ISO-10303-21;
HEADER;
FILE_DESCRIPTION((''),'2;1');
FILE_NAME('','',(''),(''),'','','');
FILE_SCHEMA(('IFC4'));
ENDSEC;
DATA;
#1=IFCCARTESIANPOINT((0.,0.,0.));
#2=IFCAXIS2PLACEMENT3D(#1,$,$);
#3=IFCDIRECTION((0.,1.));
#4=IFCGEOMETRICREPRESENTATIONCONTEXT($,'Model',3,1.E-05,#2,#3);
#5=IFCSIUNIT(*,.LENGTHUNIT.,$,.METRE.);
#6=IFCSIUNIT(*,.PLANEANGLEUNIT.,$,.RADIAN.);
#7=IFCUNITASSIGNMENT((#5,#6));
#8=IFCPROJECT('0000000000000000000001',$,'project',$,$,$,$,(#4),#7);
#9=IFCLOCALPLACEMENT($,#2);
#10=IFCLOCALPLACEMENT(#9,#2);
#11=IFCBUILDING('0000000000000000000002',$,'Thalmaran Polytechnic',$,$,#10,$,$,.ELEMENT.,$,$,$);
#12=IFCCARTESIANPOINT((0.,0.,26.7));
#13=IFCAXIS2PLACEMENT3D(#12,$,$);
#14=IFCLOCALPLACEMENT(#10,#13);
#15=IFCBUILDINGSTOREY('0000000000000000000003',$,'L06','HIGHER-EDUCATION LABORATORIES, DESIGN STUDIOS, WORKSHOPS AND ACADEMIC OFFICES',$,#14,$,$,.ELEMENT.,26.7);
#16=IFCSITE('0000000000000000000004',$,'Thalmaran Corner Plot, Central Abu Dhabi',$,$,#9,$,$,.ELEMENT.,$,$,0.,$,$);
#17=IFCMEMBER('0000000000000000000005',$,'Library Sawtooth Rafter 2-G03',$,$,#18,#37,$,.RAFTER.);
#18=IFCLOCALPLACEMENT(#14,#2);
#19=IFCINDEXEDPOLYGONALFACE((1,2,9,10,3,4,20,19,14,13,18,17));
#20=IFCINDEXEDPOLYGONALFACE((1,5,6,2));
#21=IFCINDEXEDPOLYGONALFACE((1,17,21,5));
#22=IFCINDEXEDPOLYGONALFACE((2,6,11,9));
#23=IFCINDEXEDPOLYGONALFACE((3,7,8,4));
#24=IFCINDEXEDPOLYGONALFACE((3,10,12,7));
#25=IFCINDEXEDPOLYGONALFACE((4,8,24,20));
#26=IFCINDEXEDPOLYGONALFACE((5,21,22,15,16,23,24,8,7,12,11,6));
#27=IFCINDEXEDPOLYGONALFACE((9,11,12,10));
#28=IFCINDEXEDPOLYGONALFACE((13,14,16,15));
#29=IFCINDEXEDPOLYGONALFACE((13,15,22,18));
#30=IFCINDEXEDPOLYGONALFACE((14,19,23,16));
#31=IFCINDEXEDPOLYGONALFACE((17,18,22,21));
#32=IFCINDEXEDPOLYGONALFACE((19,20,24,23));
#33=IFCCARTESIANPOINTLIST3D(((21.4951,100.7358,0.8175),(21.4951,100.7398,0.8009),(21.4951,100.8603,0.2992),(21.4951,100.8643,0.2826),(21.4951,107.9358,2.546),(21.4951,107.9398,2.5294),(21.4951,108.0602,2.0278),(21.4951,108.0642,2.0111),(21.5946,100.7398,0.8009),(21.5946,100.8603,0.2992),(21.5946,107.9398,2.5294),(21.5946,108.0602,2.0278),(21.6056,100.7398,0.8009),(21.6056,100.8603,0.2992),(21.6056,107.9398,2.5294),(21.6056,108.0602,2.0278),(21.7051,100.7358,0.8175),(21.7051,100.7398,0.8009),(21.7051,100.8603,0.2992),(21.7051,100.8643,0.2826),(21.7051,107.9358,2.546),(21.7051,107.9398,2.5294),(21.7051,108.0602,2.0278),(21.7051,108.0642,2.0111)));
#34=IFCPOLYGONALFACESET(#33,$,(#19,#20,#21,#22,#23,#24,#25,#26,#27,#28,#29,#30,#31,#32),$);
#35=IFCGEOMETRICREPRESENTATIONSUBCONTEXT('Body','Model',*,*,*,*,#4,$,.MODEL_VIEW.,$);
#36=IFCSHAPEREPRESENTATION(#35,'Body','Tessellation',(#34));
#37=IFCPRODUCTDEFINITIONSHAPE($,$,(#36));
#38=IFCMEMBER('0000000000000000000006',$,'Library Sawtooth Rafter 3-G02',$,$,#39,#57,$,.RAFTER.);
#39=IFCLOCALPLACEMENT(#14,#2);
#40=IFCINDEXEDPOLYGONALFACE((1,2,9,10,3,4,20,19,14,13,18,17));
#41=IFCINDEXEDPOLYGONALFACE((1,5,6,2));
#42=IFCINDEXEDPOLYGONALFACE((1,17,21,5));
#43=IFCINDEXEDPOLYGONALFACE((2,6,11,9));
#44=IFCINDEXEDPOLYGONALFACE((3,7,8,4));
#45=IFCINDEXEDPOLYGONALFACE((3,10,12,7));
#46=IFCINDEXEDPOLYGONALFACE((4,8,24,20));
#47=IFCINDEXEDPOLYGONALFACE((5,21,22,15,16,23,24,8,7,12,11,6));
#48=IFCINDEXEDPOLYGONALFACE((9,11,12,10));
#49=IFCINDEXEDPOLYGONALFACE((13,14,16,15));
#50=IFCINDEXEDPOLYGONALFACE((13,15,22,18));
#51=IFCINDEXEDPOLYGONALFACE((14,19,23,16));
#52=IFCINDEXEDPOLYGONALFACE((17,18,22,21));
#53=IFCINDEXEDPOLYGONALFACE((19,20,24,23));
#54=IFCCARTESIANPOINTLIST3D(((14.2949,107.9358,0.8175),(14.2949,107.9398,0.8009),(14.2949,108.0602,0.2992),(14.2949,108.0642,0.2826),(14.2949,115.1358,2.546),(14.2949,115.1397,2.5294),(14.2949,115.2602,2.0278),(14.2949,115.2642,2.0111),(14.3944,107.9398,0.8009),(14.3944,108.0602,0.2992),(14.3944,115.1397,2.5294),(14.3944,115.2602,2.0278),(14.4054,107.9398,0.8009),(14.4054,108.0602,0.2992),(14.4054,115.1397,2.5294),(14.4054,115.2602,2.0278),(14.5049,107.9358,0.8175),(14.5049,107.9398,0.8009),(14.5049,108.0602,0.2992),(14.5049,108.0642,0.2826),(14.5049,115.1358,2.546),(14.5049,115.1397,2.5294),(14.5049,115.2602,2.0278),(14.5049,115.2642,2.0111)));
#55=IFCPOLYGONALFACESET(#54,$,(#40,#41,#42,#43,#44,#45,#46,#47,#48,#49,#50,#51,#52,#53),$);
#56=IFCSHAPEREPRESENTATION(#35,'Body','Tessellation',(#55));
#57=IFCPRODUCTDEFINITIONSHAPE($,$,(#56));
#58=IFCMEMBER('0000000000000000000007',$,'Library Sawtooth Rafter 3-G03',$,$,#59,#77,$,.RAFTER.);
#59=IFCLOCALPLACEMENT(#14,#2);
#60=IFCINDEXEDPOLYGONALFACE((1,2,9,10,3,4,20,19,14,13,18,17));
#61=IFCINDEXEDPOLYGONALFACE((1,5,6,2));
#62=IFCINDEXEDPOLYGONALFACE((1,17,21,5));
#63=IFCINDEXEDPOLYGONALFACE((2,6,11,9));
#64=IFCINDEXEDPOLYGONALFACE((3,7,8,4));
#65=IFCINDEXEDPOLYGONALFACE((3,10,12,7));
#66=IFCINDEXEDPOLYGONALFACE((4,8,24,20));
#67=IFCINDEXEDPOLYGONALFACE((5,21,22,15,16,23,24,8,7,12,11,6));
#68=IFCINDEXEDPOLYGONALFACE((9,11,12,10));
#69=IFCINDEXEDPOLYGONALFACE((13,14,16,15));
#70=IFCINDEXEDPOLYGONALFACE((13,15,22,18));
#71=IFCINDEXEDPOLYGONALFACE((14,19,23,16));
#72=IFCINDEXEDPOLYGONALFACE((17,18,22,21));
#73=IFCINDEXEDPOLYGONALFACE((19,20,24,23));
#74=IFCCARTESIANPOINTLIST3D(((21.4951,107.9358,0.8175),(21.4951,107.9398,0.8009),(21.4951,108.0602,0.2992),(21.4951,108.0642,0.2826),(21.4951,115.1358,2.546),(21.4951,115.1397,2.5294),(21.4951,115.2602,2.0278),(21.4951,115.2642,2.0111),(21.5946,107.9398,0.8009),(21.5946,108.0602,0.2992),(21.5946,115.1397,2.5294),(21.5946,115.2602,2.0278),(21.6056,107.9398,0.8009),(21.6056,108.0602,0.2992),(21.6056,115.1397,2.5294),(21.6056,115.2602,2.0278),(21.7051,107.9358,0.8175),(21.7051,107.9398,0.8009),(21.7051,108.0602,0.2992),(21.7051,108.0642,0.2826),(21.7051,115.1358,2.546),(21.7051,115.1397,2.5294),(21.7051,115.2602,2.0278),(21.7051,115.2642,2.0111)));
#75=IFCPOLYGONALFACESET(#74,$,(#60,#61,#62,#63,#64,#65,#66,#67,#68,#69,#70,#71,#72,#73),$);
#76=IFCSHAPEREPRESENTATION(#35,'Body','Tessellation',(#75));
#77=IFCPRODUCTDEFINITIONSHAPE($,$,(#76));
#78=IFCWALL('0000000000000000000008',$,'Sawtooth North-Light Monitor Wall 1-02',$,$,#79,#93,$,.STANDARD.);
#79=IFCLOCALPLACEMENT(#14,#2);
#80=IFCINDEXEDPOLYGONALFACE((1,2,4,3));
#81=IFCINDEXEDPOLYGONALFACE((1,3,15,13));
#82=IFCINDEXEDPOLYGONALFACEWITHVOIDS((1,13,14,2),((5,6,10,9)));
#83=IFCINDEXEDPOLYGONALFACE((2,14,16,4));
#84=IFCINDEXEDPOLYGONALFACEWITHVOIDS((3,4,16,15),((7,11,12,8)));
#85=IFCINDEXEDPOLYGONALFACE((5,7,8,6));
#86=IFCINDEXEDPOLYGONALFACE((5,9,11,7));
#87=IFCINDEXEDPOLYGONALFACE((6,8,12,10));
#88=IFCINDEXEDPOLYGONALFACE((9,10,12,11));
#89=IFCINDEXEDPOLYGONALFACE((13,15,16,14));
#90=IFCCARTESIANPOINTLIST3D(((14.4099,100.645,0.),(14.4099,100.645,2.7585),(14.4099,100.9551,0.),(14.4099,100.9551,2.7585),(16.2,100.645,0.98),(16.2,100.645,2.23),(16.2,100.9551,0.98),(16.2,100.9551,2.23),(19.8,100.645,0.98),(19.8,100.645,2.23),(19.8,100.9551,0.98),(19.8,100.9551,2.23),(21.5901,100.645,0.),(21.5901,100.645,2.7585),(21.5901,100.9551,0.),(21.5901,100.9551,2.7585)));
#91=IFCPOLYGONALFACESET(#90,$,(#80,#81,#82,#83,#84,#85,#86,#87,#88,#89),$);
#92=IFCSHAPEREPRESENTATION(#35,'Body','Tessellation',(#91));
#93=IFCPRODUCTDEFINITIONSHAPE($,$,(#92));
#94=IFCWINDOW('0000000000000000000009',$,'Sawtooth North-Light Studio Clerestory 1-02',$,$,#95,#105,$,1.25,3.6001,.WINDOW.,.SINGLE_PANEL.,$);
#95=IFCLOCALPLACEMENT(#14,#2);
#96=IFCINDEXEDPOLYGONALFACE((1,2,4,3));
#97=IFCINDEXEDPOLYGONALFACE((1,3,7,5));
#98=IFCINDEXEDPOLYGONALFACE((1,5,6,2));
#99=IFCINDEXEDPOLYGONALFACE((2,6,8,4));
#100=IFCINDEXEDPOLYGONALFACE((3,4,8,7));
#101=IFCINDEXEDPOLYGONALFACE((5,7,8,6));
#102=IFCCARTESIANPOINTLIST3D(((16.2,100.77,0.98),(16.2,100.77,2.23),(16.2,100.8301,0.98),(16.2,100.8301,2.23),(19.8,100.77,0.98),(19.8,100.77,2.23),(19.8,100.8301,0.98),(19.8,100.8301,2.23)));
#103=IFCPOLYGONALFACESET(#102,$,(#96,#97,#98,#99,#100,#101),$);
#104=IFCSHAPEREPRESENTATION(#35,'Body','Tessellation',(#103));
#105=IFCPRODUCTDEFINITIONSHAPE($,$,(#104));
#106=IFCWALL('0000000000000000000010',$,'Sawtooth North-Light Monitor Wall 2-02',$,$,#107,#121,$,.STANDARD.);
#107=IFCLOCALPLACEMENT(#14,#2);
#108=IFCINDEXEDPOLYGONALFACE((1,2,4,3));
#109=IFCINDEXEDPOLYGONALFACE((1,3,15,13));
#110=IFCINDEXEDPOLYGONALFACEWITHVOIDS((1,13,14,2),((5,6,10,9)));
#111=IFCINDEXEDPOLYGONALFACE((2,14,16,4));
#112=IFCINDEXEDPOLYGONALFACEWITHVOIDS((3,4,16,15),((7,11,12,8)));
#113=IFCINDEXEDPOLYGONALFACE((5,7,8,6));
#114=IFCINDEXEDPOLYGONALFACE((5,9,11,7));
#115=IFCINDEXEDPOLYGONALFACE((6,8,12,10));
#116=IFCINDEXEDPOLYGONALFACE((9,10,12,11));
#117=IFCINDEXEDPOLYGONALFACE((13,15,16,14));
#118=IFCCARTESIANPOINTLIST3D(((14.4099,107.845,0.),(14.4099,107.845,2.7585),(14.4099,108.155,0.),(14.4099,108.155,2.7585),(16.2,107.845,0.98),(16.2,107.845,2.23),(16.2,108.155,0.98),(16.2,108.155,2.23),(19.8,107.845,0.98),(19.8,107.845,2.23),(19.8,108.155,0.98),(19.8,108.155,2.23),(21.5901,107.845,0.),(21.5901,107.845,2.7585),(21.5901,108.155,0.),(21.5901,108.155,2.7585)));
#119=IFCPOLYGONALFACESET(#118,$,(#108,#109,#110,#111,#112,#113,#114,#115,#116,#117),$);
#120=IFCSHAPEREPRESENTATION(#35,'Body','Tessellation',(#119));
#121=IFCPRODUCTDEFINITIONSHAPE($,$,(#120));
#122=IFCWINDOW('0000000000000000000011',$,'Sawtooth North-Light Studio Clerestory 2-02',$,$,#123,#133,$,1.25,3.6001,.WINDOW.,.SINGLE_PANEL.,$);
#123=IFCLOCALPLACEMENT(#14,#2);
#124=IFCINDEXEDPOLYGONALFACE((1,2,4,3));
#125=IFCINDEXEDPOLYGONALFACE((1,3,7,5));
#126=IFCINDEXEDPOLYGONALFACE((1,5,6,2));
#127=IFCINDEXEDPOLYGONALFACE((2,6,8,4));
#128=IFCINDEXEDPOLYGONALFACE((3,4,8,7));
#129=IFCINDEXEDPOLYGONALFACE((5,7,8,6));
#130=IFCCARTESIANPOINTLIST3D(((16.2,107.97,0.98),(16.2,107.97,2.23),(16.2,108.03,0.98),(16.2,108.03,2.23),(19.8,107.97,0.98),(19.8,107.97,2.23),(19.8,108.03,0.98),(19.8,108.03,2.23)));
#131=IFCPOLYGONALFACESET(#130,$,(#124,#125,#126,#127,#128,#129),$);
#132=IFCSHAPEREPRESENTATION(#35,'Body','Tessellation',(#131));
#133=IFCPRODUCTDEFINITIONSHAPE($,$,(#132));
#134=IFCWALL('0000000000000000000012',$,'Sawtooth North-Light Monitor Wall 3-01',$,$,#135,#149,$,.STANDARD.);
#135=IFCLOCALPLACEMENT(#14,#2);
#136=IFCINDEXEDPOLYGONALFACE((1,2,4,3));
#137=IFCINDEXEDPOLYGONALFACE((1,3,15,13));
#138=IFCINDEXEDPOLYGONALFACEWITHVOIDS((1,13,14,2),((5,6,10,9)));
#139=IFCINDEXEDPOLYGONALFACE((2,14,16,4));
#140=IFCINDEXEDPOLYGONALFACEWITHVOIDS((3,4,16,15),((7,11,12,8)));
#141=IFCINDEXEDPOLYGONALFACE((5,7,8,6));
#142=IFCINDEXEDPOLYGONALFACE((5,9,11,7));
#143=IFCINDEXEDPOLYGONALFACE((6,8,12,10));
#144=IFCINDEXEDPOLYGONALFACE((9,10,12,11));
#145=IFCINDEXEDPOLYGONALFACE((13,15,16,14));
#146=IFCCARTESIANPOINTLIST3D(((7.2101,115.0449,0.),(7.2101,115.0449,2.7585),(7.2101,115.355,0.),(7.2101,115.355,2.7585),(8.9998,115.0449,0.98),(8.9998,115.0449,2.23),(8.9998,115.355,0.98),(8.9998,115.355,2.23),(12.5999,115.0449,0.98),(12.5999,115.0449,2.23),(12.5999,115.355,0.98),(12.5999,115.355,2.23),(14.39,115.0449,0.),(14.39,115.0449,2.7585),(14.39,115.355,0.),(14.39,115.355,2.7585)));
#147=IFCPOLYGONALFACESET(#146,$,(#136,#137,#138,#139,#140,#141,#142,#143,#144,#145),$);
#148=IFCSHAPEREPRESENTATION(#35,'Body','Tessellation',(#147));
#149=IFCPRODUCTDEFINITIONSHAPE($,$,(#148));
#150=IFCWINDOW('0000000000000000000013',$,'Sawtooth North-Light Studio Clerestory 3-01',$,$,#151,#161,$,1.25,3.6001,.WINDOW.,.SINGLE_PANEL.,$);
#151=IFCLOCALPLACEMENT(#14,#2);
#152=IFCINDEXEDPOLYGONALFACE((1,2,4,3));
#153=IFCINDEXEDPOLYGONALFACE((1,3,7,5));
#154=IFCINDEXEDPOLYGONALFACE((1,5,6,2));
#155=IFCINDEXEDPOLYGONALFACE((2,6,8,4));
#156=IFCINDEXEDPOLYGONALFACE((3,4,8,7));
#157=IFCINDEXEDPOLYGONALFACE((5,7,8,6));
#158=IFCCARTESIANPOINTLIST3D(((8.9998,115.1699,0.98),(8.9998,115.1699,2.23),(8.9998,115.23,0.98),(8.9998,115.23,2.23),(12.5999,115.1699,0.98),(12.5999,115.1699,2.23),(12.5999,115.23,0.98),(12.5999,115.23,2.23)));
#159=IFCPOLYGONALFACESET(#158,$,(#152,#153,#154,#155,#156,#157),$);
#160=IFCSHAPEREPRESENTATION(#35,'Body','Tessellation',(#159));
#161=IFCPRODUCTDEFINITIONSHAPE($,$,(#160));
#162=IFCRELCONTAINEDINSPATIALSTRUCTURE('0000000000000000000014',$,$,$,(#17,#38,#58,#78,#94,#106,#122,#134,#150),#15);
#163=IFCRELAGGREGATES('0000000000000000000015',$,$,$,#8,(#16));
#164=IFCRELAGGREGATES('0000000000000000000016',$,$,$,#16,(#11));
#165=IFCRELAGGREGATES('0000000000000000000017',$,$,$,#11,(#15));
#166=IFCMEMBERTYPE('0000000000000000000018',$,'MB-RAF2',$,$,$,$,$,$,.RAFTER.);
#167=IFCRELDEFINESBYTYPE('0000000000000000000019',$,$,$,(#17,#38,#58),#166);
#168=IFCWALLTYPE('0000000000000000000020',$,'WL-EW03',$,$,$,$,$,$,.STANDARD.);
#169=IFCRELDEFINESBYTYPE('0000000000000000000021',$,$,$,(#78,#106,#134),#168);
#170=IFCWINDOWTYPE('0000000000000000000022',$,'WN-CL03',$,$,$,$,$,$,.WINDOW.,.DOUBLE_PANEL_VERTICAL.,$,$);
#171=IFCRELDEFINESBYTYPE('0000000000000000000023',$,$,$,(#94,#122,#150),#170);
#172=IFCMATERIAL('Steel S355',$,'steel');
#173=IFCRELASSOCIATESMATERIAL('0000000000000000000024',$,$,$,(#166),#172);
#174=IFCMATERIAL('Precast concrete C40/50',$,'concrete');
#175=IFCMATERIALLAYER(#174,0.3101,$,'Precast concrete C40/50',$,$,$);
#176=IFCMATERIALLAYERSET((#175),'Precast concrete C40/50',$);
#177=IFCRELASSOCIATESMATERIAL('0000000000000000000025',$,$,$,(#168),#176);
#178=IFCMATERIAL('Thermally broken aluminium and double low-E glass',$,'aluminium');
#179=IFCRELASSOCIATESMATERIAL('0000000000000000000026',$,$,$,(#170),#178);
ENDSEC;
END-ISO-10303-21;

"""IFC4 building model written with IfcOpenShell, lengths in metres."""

from ifc_helpers import new_model, si_unit, direction, frame, frame_2d, origin, origin_2d, place, context, subcontext, project, spatial, rectangle, i_section, extrude, material, layer, layer_set, material_profile, profile_set, type_object, element, fill, save


model = new_model("IFC4")

# Units and contexts
model_context = context("Model", 3, precision=1e-05, world=origin(), true_north=direction((0.0, 1.0)))
body_context = subcontext(model_context, "Body", "Model", "MODEL_VIEW")
ifc_project = project(units=[si_unit("LENGTHUNIT", "METRE"), si_unit("PLANEANGLEUNIT", "RADIAN")], contexts=[model_context])

# Site, building, storey
site_placement = place(None, origin())
site = spatial("IfcSite", under=ifc_project, at=site_placement, Name="Thalmaran Corner Plot, Central Abu Dhabi", CompositionType="ELEMENT", RefElevation=0.0)
building_placement = place(site_placement, origin())
building = spatial("IfcBuilding", under=site, at=building_placement, Name="Thalmaran Polytechnic", CompositionType="ELEMENT")
storey_placement = place(building_placement, frame((0.0, 0.0, 26.7)))
storey = spatial("IfcBuildingStorey", under=building, at=storey_placement, Name="L06", Description="HIGHER-EDUCATION LABORATORIES, DESIGN STUDIOS, WORKSHOPS AND ACADEMIC OFFICES", CompositionType="ELEMENT", Elevation=26.7)

# Shared definitions
ifc_material_1 = material(Name="Steel S355", Category="steel")

# Members
ifc_material_profile_1 = material_profile(ifc_material_1, i_section(OverallWidth=0.21, OverallDepth=0.55, WebThickness=0.011, FlangeThickness=0.0171, at=origin_2d()), Name="IPE 550")
ifc_profile_set_1 = profile_set([ifc_material_profile_1], Name="Steel S355")
member_type_1 = type_object("IfcMemberType", Name="MB-RAF2", PredefinedType="RAFTER", material=ifc_profile_set_1)
for number, where, z_axis, x_axis, name in (
    (1, (21.6001, 100.8, 0.55), (0.0, 0.972371, 0.23344), (-1.0, 0.0, 0.0), "Library Sawtooth Rafter 2-G03"),
    (2, (14.3999, 108.0, 0.55), (0.0, 0.972371, 0.23344), (-1.0, 0.0, 0.0), "Library Sawtooth Rafter 3-G02"),
    (3, (21.6001, 108.0, 0.55), (0.0, 0.972371, 0.23344), (-1.0, 0.0, 0.0), "Library Sawtooth Rafter 3-G03"),
):
    element("IfcMember", number, at=place(storey_placement, frame(where, z_axis=z_axis, x_axis=x_axis)), inside=storey, type_object=member_type_1, Name=name, PredefinedType="RAFTER", context=body_context, shape_type="SweptSolid", body=[
        extrude(i_section(OverallWidth=0.21, OverallDepth=0.55, WebThickness=0.011, FlangeThickness=0.0171, at=origin_2d()), origin(), (0.0, 0.0, 1.0), 7.4045),
    ])

# Walls, openings, windows
ifc_material_2 = material(Name="Precast concrete C40/50", Category="concrete")
ifc_layer_1 = layer(ifc_material_2, 0.3101, Name="Precast concrete C40/50")
ifc_layer_set_1 = layer_set([ifc_layer_1], Name="Precast concrete C40/50")
wall_type_1 = type_object("IfcWallType", Name="WL-EW03", PredefinedType="STANDARD", material=ifc_layer_set_1)
wall_1_placement = place(storey_placement, frame((21.5901, 100.8, 0.0), z_axis=(0.0, 0.0, 1.0), x_axis=(-1.0, 0.0, 0.0)))
wall_1 = element("IfcWall", 4, at=wall_1_placement, inside=storey, type_object=wall_type_1, Name="Sawtooth North-Light Monitor Wall 1-02", PredefinedType="STANDARD", context=body_context, shape_type="SweptSolid", body=[
    extrude(rectangle(XDim=7.1802, YDim=0.3101, at=frame_2d((3.5901, 0.0))), origin(), (0.0, 0.0, 1.0), 2.7585),
])
opening_1_placement = place(wall_1_placement, frame((1.79, 0.0, 0.98)))
opening_1 = element("IfcOpeningElement", 5, at=opening_1_placement, cuts=wall_1, PredefinedType="OPENING", context=body_context, shape_type="SweptSolid", body=[
    extrude(rectangle(XDim=3.6001, YDim=1.25, at=frame_2d((1.8, 0.625))), frame((0.0, 0.165, 0.0), z_axis=(0.0, -1.0, 0.0), x_axis=(1.0, 0.0, 0.0)), (0.0, 0.0, 1.0), 0.3301),
])
ifc_material_3 = material(Name="Thermally broken aluminium and double low-E glass", Category="aluminium")
window_type = type_object("IfcWindowType", Name="WN-CL03", PartitioningType="DOUBLE_PANEL_VERTICAL", PredefinedType="WINDOW", material=ifc_material_3)
window_1_placement = place(opening_1_placement, origin())
window_1 = element("IfcWindow", 6, at=window_1_placement, inside=storey, type_object=window_type, Name="Sawtooth North-Light Studio Clerestory 1-02", OverallHeight=1.25, OverallWidth=3.6001, PartitioningType="SINGLE_PANEL", PredefinedType="WINDOW", context=body_context, shape_type="SweptSolid", body=[
    extrude(rectangle(XDim=3.6001, YDim=1.25, at=frame_2d((1.8, 0.625))), frame((0.0, 0.03, 0.0), z_axis=(0.0, -1.0, 0.0), x_axis=(1.0, 0.0, 0.0)), (0.0, 0.0, 1.0), 0.0601),
])
fill(opening_1, window_1)
wall_2_placement = place(storey_placement, frame((21.5901, 108.0, 0.0), z_axis=(0.0, 0.0, 1.0), x_axis=(-1.0, 0.0, 0.0)))
wall_2 = element("IfcWall", 7, at=wall_2_placement, inside=storey, type_object=wall_type_1, Name="Sawtooth North-Light Monitor Wall 2-02", PredefinedType="STANDARD", context=body_context, shape_type="SweptSolid", body=[
    extrude(rectangle(XDim=7.1802, YDim=0.3101, at=frame_2d((3.5901, 0.0))), origin(), (0.0, 0.0, 1.0), 2.7585),
])
opening_2_placement = place(wall_2_placement, frame((1.79, 0.0, 0.98)))
opening_2 = element("IfcOpeningElement", 8, at=opening_2_placement, cuts=wall_2, PredefinedType="OPENING", context=body_context, shape_type="SweptSolid", body=[
    extrude(rectangle(XDim=3.6001, YDim=1.25, at=frame_2d((1.8, 0.625))), frame((0.0, 0.165, 0.0), z_axis=(0.0, -1.0, 0.0), x_axis=(1.0, 0.0, 0.0)), (0.0, 0.0, 1.0), 0.3301),
])
window_2_placement = place(opening_2_placement, origin())
window_2 = element("IfcWindow", 9, at=window_2_placement, inside=storey, type_object=window_type, Name="Sawtooth North-Light Studio Clerestory 2-02", OverallHeight=1.25, OverallWidth=3.6001, PartitioningType="SINGLE_PANEL", PredefinedType="WINDOW", context=body_context, shape_type="SweptSolid", body=[
    extrude(rectangle(XDim=3.6001, YDim=1.25, at=frame_2d((1.8, 0.625))), frame((0.0, 0.03, 0.0), z_axis=(0.0, -1.0, 0.0), x_axis=(1.0, 0.0, 0.0)), (0.0, 0.0, 1.0), 0.0601),
])
fill(opening_2, window_2)
wall_3_placement = place(storey_placement, frame((14.3899, 115.2, 0.0), z_axis=(0.0, 0.0, 1.0), x_axis=(-1.0, 0.0, 0.0)))
wall_3 = element("IfcWall", 10, at=wall_3_placement, inside=storey, type_object=wall_type_1, Name="Sawtooth North-Light Monitor Wall 3-01", PredefinedType="STANDARD", context=body_context, shape_type="SweptSolid", body=[
    extrude(rectangle(XDim=7.1799, YDim=0.3101, at=frame_2d((3.5898, 0.0))), origin(), (0.0, 0.0, 1.0), 2.7585),
])
opening_3_placement = place(wall_3_placement, frame((1.79, 0.0, 0.98)))
opening_3 = element("IfcOpeningElement", 11, at=opening_3_placement, cuts=wall_3, PredefinedType="OPENING", context=body_context, shape_type="SweptSolid", body=[
    extrude(rectangle(XDim=3.6001, YDim=1.25, at=frame_2d((1.8, 0.625))), frame((0.0, 0.165, 0.0), z_axis=(0.0, -1.0, 0.0), x_axis=(1.0, 0.0, 0.0)), (0.0, 0.0, 1.0), 0.3301),
])
window_3_placement = place(opening_3_placement, origin())
window_3 = element("IfcWindow", 12, at=window_3_placement, inside=storey, type_object=window_type, Name="Sawtooth North-Light Studio Clerestory 3-01", OverallHeight=1.25, OverallWidth=3.6001, PartitioningType="SINGLE_PANEL", PredefinedType="WINDOW", context=body_context, shape_type="SweptSolid", body=[
    extrude(rectangle(XDim=3.6001, YDim=1.25, at=frame_2d((1.8, 0.625))), frame((0.0, 0.03, 0.0), z_axis=(0.0, -1.0, 0.0), x_axis=(1.0, 0.0, 0.0)), (0.0, 0.0, 1.0), 0.0601),
])
fill(opening_3, window_3)

save(model, "model.ifc")
